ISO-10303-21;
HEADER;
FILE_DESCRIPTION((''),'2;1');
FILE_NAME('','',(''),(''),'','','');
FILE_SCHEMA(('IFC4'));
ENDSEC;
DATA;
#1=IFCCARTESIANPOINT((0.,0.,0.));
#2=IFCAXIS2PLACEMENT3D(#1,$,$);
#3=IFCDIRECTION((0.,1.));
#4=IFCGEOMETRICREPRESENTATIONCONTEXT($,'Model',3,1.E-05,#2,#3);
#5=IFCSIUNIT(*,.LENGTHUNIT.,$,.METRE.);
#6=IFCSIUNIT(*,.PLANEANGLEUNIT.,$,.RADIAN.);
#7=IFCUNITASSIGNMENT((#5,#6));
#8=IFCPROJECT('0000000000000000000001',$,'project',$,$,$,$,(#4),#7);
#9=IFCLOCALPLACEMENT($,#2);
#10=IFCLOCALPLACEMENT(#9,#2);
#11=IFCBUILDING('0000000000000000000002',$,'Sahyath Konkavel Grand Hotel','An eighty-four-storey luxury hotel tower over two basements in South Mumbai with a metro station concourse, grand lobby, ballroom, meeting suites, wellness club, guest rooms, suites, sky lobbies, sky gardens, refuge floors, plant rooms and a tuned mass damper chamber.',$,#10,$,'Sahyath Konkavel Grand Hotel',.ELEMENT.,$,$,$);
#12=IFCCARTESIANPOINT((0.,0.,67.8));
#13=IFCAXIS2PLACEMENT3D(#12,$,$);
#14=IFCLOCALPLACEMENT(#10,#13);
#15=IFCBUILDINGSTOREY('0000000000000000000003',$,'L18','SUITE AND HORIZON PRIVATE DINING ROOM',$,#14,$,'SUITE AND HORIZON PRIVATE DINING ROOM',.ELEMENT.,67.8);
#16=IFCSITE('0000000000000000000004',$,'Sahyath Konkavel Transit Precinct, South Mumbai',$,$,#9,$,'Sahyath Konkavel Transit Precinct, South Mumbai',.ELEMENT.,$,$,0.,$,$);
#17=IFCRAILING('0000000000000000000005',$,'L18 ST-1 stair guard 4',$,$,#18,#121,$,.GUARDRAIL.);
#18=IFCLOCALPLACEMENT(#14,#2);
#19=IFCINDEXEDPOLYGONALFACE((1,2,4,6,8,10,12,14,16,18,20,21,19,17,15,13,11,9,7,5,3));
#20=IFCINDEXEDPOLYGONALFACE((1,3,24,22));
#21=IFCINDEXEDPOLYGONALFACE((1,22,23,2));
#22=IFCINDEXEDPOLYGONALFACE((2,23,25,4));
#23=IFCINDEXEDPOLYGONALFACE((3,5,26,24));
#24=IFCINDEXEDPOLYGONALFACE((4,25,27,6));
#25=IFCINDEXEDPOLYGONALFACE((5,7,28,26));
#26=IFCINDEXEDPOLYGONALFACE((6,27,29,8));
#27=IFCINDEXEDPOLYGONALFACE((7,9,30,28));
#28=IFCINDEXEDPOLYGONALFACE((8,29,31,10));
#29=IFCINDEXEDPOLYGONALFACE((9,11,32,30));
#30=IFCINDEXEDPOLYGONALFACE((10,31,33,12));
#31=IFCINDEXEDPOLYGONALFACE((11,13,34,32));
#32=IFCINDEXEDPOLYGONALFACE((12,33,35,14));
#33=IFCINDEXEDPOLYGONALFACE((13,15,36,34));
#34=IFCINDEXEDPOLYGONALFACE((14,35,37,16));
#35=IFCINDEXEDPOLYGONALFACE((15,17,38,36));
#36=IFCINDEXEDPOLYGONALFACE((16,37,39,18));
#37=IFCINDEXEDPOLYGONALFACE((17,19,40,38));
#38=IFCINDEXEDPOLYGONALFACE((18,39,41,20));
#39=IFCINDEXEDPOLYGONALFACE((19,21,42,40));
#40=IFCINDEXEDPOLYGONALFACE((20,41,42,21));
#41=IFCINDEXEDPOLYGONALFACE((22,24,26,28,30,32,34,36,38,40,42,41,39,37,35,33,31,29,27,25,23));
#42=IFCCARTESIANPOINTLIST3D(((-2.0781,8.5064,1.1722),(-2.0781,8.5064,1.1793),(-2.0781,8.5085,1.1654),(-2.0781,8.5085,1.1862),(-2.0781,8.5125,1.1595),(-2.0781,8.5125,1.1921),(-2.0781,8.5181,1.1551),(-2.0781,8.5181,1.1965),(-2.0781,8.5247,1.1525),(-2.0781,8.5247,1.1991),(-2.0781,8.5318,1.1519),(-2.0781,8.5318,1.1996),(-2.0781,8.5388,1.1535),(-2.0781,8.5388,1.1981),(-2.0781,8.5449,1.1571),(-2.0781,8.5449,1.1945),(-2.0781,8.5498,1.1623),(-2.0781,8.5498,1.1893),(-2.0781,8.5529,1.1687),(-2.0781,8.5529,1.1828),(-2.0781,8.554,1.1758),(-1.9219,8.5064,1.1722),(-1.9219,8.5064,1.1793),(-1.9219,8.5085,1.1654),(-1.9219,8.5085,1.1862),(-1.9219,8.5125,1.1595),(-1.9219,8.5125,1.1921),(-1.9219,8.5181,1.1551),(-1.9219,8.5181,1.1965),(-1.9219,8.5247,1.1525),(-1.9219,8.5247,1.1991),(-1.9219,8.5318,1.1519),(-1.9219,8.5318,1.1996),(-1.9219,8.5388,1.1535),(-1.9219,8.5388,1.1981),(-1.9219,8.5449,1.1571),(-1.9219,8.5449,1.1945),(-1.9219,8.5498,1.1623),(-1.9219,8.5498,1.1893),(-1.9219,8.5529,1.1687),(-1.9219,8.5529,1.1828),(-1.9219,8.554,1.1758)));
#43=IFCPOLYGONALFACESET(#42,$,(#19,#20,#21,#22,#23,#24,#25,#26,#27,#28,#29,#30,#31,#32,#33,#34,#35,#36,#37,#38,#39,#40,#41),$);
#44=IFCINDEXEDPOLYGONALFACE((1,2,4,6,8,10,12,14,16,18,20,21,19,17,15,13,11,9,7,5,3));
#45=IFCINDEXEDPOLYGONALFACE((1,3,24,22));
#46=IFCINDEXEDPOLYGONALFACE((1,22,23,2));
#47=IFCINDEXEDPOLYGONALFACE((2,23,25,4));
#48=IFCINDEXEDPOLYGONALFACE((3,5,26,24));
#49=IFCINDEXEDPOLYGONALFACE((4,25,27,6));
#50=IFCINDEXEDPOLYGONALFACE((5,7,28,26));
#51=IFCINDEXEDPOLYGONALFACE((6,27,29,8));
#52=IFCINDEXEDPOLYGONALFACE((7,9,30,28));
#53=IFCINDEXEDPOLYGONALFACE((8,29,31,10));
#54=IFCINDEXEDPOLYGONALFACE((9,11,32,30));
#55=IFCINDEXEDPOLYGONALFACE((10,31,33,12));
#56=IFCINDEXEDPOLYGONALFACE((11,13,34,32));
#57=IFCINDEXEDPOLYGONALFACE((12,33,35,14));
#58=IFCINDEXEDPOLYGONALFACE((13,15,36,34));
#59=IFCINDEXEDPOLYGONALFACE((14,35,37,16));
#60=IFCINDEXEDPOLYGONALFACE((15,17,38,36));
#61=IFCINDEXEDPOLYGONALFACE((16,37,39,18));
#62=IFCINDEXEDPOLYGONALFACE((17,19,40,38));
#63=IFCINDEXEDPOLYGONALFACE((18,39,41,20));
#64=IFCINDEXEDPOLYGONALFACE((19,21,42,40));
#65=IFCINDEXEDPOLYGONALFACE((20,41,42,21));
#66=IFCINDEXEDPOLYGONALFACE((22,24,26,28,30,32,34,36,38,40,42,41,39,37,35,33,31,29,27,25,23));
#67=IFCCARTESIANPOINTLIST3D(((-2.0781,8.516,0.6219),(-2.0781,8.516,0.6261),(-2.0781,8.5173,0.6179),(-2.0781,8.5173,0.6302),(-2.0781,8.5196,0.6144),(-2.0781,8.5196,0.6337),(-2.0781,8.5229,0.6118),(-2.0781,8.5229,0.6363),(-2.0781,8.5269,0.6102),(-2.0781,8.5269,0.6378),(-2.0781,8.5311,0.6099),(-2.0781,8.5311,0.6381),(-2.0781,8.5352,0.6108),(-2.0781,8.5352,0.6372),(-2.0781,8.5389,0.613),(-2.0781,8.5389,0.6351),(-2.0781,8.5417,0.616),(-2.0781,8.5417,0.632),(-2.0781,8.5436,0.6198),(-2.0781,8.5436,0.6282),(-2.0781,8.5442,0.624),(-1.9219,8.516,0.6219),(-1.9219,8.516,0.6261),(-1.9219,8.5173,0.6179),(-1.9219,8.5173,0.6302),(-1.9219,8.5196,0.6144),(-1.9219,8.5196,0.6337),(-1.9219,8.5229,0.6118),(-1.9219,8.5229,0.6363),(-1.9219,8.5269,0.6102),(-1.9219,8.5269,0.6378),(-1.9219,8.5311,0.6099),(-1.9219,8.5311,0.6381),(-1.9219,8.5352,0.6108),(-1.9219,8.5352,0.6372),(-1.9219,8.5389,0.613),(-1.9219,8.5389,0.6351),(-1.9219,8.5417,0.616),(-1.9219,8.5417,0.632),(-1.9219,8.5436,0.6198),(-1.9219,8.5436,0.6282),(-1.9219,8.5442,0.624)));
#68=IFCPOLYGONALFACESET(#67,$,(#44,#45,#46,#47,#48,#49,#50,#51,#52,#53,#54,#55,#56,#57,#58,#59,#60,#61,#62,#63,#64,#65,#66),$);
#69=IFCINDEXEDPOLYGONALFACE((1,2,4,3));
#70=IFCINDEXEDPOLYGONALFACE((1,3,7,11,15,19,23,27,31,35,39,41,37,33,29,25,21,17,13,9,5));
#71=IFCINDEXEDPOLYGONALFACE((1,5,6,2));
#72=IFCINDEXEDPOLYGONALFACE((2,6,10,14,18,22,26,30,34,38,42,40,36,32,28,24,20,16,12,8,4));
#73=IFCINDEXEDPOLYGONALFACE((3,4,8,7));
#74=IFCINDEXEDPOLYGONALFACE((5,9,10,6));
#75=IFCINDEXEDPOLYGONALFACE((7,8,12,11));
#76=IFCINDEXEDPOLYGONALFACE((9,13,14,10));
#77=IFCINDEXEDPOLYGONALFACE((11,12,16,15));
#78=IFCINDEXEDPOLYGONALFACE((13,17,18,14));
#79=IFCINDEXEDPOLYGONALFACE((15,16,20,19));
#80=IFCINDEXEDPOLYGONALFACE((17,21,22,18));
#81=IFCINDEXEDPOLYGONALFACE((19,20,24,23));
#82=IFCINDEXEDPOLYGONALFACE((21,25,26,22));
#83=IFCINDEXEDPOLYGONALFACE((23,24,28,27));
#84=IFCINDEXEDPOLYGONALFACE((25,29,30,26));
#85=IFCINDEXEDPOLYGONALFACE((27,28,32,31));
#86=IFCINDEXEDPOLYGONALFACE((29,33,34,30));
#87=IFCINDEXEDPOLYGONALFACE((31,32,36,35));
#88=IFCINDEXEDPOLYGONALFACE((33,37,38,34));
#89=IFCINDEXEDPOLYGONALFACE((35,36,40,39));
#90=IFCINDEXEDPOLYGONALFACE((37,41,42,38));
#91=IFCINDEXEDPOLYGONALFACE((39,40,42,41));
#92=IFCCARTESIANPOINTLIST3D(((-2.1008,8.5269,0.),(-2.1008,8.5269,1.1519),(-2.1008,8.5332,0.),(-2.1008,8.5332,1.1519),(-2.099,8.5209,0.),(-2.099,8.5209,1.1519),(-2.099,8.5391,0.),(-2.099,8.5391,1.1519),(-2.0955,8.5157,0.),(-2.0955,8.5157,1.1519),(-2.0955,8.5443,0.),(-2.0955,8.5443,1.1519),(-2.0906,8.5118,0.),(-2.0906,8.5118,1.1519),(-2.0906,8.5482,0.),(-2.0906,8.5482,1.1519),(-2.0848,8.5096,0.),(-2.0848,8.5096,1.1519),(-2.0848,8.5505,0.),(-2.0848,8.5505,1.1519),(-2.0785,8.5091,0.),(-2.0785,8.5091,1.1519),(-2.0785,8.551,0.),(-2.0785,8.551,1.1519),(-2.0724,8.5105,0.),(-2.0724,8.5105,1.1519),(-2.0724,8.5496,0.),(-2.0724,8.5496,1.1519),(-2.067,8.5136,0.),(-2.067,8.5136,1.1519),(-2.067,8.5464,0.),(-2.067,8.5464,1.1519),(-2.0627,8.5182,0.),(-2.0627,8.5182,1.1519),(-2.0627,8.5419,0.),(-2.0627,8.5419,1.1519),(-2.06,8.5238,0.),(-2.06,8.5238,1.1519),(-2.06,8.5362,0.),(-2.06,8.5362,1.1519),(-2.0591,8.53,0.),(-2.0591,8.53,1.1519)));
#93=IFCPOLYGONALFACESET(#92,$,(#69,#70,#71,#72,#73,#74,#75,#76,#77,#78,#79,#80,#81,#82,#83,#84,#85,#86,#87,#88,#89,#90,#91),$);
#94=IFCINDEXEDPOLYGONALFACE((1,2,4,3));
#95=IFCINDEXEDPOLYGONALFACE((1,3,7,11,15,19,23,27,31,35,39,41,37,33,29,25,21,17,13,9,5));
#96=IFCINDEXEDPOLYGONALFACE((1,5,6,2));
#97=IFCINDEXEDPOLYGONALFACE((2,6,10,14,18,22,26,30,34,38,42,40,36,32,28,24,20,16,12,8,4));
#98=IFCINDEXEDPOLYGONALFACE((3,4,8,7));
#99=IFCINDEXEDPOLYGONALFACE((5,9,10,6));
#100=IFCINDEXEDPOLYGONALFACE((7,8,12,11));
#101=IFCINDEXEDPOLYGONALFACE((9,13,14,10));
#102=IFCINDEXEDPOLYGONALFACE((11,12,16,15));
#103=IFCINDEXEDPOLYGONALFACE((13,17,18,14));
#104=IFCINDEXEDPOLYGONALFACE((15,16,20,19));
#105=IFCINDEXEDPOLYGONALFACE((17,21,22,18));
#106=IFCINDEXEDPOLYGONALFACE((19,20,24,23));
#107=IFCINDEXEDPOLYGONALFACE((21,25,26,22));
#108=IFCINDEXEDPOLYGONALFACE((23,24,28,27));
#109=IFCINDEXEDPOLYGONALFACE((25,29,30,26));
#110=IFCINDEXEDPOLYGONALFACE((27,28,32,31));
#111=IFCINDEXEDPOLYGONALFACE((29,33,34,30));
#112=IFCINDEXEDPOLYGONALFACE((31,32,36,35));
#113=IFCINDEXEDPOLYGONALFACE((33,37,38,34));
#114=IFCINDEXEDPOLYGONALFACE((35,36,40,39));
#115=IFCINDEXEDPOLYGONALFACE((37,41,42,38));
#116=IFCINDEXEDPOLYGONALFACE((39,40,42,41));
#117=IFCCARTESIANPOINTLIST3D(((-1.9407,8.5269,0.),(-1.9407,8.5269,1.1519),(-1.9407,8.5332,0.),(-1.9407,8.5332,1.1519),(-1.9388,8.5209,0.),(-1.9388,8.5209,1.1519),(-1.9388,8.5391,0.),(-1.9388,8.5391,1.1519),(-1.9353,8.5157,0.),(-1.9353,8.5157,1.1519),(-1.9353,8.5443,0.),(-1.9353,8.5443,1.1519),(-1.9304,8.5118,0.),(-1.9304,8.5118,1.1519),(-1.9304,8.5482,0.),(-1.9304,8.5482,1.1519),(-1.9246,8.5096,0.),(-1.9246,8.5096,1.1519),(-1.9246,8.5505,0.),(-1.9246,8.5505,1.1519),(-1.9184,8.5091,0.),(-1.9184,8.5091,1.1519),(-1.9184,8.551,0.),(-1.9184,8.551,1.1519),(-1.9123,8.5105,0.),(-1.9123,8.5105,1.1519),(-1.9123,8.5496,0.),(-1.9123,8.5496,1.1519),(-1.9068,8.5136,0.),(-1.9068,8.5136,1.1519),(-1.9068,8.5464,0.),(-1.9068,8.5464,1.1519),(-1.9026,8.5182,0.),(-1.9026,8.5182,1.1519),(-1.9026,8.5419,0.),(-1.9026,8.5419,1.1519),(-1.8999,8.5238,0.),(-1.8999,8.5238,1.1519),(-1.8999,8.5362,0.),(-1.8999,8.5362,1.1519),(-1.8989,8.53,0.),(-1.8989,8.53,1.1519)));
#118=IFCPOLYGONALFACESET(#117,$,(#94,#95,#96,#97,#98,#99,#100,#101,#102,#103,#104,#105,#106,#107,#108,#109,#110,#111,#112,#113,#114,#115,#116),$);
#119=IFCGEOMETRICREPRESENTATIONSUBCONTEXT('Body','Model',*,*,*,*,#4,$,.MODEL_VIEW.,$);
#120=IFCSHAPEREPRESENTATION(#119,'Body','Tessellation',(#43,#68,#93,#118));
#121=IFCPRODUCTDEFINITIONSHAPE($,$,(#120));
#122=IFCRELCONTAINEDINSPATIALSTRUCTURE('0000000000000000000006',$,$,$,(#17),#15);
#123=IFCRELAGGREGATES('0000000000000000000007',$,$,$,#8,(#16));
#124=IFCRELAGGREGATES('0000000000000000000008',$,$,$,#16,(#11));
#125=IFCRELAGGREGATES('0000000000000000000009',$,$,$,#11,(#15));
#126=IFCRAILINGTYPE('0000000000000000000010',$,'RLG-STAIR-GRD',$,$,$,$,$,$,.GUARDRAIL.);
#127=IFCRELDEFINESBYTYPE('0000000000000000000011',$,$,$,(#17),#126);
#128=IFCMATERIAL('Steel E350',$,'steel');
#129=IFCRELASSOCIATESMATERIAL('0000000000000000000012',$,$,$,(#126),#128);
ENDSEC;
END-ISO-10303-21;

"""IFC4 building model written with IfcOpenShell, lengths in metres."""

from ifc_helpers import new_model, si_unit, direction, frame, origin, origin_2d, place, context, subcontext, project, spatial, circle, extrude, material, type_object, element, save


model = new_model("IFC4")

# Units and contexts
model_context = context("Model", 3, precision=1e-05, world=origin(), true_north=direction((0.0, 1.0)))
body_context = subcontext(model_context, "Body", "Model", "MODEL_VIEW")
ifc_project = project(units=[si_unit("LENGTHUNIT", "METRE"), si_unit("PLANEANGLEUNIT", "RADIAN")], contexts=[model_context])

# Site, building, storey
site_placement = place(None, origin())
site = spatial("IfcSite", under=ifc_project, at=site_placement, Name="Sahyath Konkavel Transit Precinct, South Mumbai", LongName="Sahyath Konkavel Transit Precinct, South Mumbai", CompositionType="ELEMENT", RefElevation=0.0)
building_placement = place(site_placement, origin())
building = spatial("IfcBuilding", under=site, at=building_placement, Name="Sahyath Konkavel Grand Hotel", Description="An eighty-four-storey luxury hotel tower over two basements in South Mumbai with a metro station concourse, grand lobby, ballroom, meeting suites, wellness club, guest rooms, suites, sky lobbies, sky gardens, refuge floors, plant rooms and a tuned mass damper chamber.", LongName="Sahyath Konkavel Grand Hotel", CompositionType="ELEMENT")
storey_placement = place(building_placement, frame((0.0, 0.0, 67.8)))
storey = spatial("IfcBuildingStorey", under=building, at=storey_placement, Name="L18", Description="SUITE AND HORIZON PRIVATE DINING ROOM", LongName="SUITE AND HORIZON PRIVATE DINING ROOM", CompositionType="ELEMENT", Elevation=67.8)

# Shared definitions
ifc_material_1 = material(Name="Steel E350", Category="steel")

# Railing
railing_type_1 = type_object("IfcRailingType", Name="RLG-STAIR-GRD", PredefinedType="GUARDRAIL", material=ifc_material_1)
railing_1_placement = place(storey_placement, frame((-2.0801, 8.53, 0.0)))
element("IfcRailing", 1, at=railing_1_placement, inside=storey, type_object=railing_type_1, Name="L18 ST-1 stair guard 4", PredefinedType="GUARDRAIL", context=body_context, shape_type="SweptSolid", body=[
    extrude(circle(Radius=0.0239, at=origin_2d()), frame((0.002, 0.0, 1.1758), z_axis=(1.0, 0.0, 0.0), x_axis=(0.0, 1.0, 0.0)), (0.0, 0.0, 1.0), 0.1562),
    extrude(circle(Radius=0.0142, at=origin_2d()), frame((0.002, 0.0, 0.624), z_axis=(1.0, 0.0, 0.0), x_axis=(0.0, 1.0, 0.0)), (0.0, 0.0, 1.0), 0.1562),
    extrude(circle(Radius=0.021, at=origin_2d()), origin(), (0.0, 0.0, 1.0), 1.1519),
    extrude(circle(Radius=0.021, at=origin_2d()), frame((0.1602, 0.0, 0.0)), (0.0, 0.0, 1.0), 1.1519),
])

save(model, "model.ifc")
